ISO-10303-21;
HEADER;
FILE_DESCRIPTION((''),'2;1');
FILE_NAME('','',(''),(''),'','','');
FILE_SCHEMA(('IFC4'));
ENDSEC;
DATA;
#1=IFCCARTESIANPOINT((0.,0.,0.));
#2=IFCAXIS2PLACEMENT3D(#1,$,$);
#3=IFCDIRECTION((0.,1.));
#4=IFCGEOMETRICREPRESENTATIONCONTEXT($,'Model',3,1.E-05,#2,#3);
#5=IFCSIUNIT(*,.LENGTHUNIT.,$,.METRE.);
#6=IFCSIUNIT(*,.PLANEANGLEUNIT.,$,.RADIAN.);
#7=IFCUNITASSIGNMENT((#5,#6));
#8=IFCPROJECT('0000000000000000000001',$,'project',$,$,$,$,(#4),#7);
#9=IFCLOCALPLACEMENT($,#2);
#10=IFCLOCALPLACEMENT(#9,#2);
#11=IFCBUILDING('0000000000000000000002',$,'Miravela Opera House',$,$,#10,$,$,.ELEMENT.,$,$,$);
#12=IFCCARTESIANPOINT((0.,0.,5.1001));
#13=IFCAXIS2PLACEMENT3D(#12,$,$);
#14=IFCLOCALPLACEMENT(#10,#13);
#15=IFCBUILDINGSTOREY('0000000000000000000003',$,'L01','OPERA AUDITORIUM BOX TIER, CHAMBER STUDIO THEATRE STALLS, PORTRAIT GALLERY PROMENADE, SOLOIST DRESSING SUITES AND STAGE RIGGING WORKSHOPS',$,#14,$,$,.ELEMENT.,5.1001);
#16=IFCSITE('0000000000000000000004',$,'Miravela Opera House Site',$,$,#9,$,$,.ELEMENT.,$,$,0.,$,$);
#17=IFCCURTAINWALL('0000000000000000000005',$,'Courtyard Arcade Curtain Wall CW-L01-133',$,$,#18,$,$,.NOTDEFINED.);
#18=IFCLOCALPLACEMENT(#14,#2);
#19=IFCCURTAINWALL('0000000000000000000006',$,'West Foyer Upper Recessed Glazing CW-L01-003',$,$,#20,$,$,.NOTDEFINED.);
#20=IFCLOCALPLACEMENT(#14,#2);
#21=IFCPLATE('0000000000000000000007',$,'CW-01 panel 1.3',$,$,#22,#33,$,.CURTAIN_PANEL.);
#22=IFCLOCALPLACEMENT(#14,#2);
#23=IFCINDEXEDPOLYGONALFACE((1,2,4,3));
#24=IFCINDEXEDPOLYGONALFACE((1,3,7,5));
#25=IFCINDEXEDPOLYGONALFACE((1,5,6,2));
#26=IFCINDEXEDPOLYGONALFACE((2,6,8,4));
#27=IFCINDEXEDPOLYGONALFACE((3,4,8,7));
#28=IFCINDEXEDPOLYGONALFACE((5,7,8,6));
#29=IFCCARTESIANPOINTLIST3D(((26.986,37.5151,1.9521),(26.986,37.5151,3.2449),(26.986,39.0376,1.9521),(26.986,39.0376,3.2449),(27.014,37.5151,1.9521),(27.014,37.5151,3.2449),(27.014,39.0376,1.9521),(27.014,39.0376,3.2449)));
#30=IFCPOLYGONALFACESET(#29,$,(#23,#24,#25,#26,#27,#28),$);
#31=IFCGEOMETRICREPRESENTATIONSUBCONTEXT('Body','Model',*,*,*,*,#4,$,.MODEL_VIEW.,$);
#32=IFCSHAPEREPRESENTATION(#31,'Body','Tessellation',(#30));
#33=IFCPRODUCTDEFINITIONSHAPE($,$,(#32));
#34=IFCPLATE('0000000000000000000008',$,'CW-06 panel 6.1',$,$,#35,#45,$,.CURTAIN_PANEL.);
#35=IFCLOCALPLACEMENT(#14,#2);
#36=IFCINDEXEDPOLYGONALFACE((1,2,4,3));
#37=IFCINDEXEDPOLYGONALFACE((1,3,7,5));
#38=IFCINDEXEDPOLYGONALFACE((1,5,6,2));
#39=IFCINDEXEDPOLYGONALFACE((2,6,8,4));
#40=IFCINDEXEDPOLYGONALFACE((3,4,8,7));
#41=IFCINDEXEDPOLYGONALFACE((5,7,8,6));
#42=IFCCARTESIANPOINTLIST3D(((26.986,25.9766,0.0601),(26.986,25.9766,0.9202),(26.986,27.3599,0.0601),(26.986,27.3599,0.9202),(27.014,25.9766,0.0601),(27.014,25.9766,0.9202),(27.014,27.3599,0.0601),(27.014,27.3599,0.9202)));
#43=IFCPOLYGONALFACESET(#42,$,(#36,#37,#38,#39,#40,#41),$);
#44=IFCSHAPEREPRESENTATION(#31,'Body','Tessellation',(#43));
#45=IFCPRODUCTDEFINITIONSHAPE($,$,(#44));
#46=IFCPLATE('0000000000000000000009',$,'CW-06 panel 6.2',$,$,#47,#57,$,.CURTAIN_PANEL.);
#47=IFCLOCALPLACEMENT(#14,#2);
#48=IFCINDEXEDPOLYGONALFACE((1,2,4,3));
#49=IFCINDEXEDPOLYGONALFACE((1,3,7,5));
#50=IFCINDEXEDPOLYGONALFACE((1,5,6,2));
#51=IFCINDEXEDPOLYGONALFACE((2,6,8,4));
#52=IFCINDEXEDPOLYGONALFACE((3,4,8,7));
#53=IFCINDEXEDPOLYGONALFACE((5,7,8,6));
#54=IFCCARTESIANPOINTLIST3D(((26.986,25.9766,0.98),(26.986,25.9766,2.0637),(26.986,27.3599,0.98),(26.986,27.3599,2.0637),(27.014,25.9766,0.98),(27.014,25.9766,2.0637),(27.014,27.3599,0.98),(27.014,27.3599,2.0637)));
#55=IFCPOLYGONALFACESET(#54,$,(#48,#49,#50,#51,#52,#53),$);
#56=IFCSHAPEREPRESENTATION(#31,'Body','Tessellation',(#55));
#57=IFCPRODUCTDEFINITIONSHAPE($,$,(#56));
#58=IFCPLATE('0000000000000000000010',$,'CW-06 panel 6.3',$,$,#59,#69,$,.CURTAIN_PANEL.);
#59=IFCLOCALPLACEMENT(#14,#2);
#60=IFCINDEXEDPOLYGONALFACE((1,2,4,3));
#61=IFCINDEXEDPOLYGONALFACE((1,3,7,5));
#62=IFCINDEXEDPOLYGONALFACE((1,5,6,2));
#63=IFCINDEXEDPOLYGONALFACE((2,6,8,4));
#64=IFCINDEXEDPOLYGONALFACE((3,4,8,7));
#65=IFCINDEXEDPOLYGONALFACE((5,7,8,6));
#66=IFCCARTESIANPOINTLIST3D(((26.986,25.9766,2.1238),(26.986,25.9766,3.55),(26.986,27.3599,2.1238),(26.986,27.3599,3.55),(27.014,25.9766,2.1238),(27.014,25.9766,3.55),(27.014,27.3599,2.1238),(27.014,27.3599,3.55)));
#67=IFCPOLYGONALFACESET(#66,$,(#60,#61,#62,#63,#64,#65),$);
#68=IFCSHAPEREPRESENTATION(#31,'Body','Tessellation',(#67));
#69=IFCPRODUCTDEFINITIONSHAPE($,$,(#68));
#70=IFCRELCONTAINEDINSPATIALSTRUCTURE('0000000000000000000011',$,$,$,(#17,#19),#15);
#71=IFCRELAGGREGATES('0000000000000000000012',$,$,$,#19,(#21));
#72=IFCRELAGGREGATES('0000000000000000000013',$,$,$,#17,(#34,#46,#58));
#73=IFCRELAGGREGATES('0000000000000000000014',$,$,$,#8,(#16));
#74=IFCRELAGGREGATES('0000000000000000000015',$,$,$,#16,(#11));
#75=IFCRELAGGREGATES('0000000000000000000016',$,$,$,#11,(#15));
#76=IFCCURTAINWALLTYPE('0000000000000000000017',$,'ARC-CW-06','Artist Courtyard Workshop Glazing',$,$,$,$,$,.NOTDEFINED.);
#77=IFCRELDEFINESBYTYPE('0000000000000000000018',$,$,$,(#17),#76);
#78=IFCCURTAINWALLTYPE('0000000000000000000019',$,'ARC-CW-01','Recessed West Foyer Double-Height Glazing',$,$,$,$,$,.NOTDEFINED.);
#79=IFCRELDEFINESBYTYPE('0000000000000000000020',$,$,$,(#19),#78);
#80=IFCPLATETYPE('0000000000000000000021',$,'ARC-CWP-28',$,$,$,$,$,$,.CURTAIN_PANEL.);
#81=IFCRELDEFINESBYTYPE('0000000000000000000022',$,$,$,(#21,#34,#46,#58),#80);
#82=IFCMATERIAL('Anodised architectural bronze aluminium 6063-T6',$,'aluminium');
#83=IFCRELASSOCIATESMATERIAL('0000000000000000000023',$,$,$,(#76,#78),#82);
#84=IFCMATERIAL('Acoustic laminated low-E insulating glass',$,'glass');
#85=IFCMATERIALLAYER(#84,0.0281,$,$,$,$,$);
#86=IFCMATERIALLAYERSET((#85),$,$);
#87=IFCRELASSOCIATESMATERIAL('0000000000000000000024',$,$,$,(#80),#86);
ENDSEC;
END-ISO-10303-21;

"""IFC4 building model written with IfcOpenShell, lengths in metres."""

from ifc_helpers import new_model, si_unit, direction, frame, origin, origin_2d, place, context, subcontext, project, spatial, rectangle, extrude, material, layer, layer_set, type_object, element, aggregate, save


model = new_model("IFC4")

# Units and contexts
model_context = context("Model", 3, precision=1e-05, world=origin(), true_north=direction((0.0, 1.0)))
body_context = subcontext(model_context, "Body", "Model", "MODEL_VIEW")
ifc_project = project(units=[si_unit("LENGTHUNIT", "METRE"), si_unit("PLANEANGLEUNIT", "RADIAN")], contexts=[model_context])

# Site, building, storey
site_placement = place(None, origin())
site = spatial("IfcSite", under=ifc_project, at=site_placement, Name="Miravela Opera House Site", CompositionType="ELEMENT", RefElevation=0.0)
building_placement = place(site_placement, origin())
building = spatial("IfcBuilding", under=site, at=building_placement, Name="Miravela Opera House", CompositionType="ELEMENT")
storey_placement = place(building_placement, frame((0.0, 0.0, 5.1001)))
storey = spatial("IfcBuildingStorey", under=building, at=storey_placement, Name="L01", Description="OPERA AUDITORIUM BOX TIER, CHAMBER STUDIO THEATRE STALLS, PORTRAIT GALLERY PROMENADE, SOLOIST DRESSING SUITES AND STAGE RIGGING WORKSHOPS", CompositionType="ELEMENT", Elevation=5.1001)

# Curtain wall
ifc_material_1 = material(Name="Anodised architectural bronze aluminium 6063-T6", Category="aluminium")
curtain_wall_type_1 = type_object("IfcCurtainWallType", Name="ARC-CW-06", Description="Artist Courtyard Workshop Glazing", PredefinedType="NOTDEFINED", material=ifc_material_1)
curtain_wall_1_placement = place(storey_placement, origin())
curtain_wall_1 = element("IfcCurtainWall", 1, at=curtain_wall_1_placement, inside=storey, type_object=curtain_wall_type_1, Name="Courtyard Arcade Curtain Wall CW-L01-133", PredefinedType="NOTDEFINED")

# Curtain wall
curtain_wall_type_2 = type_object("IfcCurtainWallType", Name="ARC-CW-01", Description="Recessed West Foyer Double-Height Glazing", PredefinedType="NOTDEFINED", material=ifc_material_1)
curtain_wall_2_placement = place(storey_placement, origin())
curtain_wall_2 = element("IfcCurtainWall", 2, at=curtain_wall_2_placement, inside=storey, type_object=curtain_wall_type_2, Name="West Foyer Upper Recessed Glazing CW-L01-003", PredefinedType="NOTDEFINED")

# Plates
ifc_material_2 = material(Name="Acoustic laminated low-E insulating glass", Category="glass")
ifc_layer = layer(ifc_material_2, 0.0281)
ifc_layer_set = layer_set([ifc_layer])
plate_type = type_object("IfcPlateType", Name="ARC-CWP-28", PredefinedType="CURTAIN_PANEL", material=ifc_layer_set)
plate_1_placement = place(storey_placement, frame((27.0, 38.2764, 1.9521), z_axis=(0.0, 0.0, 1.0), x_axis=(0.0, 1.0, 0.0)))
plate_1 = element("IfcPlate", 3, at=plate_1_placement, type_object=plate_type, Name="CW-01 panel 1.3", PredefinedType="CURTAIN_PANEL", context=body_context, shape_type="SweptSolid", body=[
    extrude(rectangle(XDim=1.5225, YDim=0.0281, at=origin_2d()), origin(), (0.0, 0.0, 1.0), 1.2927),
])
aggregate(curtain_wall_2, [plate_1])
plate_2_placement = place(storey_placement, frame((27.0, 26.6682, 0.0601), z_axis=(0.0, 0.0, 1.0), x_axis=(0.0, 1.0, 0.0)))
plate_2 = element("IfcPlate", 4, at=plate_2_placement, type_object=plate_type, Name="CW-06 panel 6.1", PredefinedType="CURTAIN_PANEL", context=body_context, shape_type="SweptSolid", body=[
    extrude(rectangle(XDim=1.3833, YDim=0.0281, at=origin_2d()), origin(), (0.0, 0.0, 1.0), 0.8601),
])
plate_3_placement = place(storey_placement, frame((27.0, 26.6682, 0.98), z_axis=(0.0, 0.0, 1.0), x_axis=(0.0, 1.0, 0.0)))
plate_3 = element("IfcPlate", 5, at=plate_3_placement, type_object=plate_type, Name="CW-06 panel 6.2", PredefinedType="CURTAIN_PANEL", context=body_context, shape_type="SweptSolid", body=[
    extrude(rectangle(XDim=1.3833, YDim=0.0281, at=origin_2d()), origin(), (0.0, 0.0, 1.0), 1.0837),
])
plate_4_placement = place(storey_placement, frame((27.0, 26.6682, 2.1238), z_axis=(0.0, 0.0, 1.0), x_axis=(0.0, 1.0, 0.0)))
plate_4 = element("IfcPlate", 6, at=plate_4_placement, type_object=plate_type, Name="CW-06 panel 6.3", PredefinedType="CURTAIN_PANEL", context=body_context, shape_type="SweptSolid", body=[
    extrude(rectangle(XDim=1.3833, YDim=0.0281, at=origin_2d()), origin(), (0.0, 0.0, 1.0), 1.4263),
])
aggregate(curtain_wall_1, [plate_2, plate_3, plate_4])

save(model, "model.ifc")
